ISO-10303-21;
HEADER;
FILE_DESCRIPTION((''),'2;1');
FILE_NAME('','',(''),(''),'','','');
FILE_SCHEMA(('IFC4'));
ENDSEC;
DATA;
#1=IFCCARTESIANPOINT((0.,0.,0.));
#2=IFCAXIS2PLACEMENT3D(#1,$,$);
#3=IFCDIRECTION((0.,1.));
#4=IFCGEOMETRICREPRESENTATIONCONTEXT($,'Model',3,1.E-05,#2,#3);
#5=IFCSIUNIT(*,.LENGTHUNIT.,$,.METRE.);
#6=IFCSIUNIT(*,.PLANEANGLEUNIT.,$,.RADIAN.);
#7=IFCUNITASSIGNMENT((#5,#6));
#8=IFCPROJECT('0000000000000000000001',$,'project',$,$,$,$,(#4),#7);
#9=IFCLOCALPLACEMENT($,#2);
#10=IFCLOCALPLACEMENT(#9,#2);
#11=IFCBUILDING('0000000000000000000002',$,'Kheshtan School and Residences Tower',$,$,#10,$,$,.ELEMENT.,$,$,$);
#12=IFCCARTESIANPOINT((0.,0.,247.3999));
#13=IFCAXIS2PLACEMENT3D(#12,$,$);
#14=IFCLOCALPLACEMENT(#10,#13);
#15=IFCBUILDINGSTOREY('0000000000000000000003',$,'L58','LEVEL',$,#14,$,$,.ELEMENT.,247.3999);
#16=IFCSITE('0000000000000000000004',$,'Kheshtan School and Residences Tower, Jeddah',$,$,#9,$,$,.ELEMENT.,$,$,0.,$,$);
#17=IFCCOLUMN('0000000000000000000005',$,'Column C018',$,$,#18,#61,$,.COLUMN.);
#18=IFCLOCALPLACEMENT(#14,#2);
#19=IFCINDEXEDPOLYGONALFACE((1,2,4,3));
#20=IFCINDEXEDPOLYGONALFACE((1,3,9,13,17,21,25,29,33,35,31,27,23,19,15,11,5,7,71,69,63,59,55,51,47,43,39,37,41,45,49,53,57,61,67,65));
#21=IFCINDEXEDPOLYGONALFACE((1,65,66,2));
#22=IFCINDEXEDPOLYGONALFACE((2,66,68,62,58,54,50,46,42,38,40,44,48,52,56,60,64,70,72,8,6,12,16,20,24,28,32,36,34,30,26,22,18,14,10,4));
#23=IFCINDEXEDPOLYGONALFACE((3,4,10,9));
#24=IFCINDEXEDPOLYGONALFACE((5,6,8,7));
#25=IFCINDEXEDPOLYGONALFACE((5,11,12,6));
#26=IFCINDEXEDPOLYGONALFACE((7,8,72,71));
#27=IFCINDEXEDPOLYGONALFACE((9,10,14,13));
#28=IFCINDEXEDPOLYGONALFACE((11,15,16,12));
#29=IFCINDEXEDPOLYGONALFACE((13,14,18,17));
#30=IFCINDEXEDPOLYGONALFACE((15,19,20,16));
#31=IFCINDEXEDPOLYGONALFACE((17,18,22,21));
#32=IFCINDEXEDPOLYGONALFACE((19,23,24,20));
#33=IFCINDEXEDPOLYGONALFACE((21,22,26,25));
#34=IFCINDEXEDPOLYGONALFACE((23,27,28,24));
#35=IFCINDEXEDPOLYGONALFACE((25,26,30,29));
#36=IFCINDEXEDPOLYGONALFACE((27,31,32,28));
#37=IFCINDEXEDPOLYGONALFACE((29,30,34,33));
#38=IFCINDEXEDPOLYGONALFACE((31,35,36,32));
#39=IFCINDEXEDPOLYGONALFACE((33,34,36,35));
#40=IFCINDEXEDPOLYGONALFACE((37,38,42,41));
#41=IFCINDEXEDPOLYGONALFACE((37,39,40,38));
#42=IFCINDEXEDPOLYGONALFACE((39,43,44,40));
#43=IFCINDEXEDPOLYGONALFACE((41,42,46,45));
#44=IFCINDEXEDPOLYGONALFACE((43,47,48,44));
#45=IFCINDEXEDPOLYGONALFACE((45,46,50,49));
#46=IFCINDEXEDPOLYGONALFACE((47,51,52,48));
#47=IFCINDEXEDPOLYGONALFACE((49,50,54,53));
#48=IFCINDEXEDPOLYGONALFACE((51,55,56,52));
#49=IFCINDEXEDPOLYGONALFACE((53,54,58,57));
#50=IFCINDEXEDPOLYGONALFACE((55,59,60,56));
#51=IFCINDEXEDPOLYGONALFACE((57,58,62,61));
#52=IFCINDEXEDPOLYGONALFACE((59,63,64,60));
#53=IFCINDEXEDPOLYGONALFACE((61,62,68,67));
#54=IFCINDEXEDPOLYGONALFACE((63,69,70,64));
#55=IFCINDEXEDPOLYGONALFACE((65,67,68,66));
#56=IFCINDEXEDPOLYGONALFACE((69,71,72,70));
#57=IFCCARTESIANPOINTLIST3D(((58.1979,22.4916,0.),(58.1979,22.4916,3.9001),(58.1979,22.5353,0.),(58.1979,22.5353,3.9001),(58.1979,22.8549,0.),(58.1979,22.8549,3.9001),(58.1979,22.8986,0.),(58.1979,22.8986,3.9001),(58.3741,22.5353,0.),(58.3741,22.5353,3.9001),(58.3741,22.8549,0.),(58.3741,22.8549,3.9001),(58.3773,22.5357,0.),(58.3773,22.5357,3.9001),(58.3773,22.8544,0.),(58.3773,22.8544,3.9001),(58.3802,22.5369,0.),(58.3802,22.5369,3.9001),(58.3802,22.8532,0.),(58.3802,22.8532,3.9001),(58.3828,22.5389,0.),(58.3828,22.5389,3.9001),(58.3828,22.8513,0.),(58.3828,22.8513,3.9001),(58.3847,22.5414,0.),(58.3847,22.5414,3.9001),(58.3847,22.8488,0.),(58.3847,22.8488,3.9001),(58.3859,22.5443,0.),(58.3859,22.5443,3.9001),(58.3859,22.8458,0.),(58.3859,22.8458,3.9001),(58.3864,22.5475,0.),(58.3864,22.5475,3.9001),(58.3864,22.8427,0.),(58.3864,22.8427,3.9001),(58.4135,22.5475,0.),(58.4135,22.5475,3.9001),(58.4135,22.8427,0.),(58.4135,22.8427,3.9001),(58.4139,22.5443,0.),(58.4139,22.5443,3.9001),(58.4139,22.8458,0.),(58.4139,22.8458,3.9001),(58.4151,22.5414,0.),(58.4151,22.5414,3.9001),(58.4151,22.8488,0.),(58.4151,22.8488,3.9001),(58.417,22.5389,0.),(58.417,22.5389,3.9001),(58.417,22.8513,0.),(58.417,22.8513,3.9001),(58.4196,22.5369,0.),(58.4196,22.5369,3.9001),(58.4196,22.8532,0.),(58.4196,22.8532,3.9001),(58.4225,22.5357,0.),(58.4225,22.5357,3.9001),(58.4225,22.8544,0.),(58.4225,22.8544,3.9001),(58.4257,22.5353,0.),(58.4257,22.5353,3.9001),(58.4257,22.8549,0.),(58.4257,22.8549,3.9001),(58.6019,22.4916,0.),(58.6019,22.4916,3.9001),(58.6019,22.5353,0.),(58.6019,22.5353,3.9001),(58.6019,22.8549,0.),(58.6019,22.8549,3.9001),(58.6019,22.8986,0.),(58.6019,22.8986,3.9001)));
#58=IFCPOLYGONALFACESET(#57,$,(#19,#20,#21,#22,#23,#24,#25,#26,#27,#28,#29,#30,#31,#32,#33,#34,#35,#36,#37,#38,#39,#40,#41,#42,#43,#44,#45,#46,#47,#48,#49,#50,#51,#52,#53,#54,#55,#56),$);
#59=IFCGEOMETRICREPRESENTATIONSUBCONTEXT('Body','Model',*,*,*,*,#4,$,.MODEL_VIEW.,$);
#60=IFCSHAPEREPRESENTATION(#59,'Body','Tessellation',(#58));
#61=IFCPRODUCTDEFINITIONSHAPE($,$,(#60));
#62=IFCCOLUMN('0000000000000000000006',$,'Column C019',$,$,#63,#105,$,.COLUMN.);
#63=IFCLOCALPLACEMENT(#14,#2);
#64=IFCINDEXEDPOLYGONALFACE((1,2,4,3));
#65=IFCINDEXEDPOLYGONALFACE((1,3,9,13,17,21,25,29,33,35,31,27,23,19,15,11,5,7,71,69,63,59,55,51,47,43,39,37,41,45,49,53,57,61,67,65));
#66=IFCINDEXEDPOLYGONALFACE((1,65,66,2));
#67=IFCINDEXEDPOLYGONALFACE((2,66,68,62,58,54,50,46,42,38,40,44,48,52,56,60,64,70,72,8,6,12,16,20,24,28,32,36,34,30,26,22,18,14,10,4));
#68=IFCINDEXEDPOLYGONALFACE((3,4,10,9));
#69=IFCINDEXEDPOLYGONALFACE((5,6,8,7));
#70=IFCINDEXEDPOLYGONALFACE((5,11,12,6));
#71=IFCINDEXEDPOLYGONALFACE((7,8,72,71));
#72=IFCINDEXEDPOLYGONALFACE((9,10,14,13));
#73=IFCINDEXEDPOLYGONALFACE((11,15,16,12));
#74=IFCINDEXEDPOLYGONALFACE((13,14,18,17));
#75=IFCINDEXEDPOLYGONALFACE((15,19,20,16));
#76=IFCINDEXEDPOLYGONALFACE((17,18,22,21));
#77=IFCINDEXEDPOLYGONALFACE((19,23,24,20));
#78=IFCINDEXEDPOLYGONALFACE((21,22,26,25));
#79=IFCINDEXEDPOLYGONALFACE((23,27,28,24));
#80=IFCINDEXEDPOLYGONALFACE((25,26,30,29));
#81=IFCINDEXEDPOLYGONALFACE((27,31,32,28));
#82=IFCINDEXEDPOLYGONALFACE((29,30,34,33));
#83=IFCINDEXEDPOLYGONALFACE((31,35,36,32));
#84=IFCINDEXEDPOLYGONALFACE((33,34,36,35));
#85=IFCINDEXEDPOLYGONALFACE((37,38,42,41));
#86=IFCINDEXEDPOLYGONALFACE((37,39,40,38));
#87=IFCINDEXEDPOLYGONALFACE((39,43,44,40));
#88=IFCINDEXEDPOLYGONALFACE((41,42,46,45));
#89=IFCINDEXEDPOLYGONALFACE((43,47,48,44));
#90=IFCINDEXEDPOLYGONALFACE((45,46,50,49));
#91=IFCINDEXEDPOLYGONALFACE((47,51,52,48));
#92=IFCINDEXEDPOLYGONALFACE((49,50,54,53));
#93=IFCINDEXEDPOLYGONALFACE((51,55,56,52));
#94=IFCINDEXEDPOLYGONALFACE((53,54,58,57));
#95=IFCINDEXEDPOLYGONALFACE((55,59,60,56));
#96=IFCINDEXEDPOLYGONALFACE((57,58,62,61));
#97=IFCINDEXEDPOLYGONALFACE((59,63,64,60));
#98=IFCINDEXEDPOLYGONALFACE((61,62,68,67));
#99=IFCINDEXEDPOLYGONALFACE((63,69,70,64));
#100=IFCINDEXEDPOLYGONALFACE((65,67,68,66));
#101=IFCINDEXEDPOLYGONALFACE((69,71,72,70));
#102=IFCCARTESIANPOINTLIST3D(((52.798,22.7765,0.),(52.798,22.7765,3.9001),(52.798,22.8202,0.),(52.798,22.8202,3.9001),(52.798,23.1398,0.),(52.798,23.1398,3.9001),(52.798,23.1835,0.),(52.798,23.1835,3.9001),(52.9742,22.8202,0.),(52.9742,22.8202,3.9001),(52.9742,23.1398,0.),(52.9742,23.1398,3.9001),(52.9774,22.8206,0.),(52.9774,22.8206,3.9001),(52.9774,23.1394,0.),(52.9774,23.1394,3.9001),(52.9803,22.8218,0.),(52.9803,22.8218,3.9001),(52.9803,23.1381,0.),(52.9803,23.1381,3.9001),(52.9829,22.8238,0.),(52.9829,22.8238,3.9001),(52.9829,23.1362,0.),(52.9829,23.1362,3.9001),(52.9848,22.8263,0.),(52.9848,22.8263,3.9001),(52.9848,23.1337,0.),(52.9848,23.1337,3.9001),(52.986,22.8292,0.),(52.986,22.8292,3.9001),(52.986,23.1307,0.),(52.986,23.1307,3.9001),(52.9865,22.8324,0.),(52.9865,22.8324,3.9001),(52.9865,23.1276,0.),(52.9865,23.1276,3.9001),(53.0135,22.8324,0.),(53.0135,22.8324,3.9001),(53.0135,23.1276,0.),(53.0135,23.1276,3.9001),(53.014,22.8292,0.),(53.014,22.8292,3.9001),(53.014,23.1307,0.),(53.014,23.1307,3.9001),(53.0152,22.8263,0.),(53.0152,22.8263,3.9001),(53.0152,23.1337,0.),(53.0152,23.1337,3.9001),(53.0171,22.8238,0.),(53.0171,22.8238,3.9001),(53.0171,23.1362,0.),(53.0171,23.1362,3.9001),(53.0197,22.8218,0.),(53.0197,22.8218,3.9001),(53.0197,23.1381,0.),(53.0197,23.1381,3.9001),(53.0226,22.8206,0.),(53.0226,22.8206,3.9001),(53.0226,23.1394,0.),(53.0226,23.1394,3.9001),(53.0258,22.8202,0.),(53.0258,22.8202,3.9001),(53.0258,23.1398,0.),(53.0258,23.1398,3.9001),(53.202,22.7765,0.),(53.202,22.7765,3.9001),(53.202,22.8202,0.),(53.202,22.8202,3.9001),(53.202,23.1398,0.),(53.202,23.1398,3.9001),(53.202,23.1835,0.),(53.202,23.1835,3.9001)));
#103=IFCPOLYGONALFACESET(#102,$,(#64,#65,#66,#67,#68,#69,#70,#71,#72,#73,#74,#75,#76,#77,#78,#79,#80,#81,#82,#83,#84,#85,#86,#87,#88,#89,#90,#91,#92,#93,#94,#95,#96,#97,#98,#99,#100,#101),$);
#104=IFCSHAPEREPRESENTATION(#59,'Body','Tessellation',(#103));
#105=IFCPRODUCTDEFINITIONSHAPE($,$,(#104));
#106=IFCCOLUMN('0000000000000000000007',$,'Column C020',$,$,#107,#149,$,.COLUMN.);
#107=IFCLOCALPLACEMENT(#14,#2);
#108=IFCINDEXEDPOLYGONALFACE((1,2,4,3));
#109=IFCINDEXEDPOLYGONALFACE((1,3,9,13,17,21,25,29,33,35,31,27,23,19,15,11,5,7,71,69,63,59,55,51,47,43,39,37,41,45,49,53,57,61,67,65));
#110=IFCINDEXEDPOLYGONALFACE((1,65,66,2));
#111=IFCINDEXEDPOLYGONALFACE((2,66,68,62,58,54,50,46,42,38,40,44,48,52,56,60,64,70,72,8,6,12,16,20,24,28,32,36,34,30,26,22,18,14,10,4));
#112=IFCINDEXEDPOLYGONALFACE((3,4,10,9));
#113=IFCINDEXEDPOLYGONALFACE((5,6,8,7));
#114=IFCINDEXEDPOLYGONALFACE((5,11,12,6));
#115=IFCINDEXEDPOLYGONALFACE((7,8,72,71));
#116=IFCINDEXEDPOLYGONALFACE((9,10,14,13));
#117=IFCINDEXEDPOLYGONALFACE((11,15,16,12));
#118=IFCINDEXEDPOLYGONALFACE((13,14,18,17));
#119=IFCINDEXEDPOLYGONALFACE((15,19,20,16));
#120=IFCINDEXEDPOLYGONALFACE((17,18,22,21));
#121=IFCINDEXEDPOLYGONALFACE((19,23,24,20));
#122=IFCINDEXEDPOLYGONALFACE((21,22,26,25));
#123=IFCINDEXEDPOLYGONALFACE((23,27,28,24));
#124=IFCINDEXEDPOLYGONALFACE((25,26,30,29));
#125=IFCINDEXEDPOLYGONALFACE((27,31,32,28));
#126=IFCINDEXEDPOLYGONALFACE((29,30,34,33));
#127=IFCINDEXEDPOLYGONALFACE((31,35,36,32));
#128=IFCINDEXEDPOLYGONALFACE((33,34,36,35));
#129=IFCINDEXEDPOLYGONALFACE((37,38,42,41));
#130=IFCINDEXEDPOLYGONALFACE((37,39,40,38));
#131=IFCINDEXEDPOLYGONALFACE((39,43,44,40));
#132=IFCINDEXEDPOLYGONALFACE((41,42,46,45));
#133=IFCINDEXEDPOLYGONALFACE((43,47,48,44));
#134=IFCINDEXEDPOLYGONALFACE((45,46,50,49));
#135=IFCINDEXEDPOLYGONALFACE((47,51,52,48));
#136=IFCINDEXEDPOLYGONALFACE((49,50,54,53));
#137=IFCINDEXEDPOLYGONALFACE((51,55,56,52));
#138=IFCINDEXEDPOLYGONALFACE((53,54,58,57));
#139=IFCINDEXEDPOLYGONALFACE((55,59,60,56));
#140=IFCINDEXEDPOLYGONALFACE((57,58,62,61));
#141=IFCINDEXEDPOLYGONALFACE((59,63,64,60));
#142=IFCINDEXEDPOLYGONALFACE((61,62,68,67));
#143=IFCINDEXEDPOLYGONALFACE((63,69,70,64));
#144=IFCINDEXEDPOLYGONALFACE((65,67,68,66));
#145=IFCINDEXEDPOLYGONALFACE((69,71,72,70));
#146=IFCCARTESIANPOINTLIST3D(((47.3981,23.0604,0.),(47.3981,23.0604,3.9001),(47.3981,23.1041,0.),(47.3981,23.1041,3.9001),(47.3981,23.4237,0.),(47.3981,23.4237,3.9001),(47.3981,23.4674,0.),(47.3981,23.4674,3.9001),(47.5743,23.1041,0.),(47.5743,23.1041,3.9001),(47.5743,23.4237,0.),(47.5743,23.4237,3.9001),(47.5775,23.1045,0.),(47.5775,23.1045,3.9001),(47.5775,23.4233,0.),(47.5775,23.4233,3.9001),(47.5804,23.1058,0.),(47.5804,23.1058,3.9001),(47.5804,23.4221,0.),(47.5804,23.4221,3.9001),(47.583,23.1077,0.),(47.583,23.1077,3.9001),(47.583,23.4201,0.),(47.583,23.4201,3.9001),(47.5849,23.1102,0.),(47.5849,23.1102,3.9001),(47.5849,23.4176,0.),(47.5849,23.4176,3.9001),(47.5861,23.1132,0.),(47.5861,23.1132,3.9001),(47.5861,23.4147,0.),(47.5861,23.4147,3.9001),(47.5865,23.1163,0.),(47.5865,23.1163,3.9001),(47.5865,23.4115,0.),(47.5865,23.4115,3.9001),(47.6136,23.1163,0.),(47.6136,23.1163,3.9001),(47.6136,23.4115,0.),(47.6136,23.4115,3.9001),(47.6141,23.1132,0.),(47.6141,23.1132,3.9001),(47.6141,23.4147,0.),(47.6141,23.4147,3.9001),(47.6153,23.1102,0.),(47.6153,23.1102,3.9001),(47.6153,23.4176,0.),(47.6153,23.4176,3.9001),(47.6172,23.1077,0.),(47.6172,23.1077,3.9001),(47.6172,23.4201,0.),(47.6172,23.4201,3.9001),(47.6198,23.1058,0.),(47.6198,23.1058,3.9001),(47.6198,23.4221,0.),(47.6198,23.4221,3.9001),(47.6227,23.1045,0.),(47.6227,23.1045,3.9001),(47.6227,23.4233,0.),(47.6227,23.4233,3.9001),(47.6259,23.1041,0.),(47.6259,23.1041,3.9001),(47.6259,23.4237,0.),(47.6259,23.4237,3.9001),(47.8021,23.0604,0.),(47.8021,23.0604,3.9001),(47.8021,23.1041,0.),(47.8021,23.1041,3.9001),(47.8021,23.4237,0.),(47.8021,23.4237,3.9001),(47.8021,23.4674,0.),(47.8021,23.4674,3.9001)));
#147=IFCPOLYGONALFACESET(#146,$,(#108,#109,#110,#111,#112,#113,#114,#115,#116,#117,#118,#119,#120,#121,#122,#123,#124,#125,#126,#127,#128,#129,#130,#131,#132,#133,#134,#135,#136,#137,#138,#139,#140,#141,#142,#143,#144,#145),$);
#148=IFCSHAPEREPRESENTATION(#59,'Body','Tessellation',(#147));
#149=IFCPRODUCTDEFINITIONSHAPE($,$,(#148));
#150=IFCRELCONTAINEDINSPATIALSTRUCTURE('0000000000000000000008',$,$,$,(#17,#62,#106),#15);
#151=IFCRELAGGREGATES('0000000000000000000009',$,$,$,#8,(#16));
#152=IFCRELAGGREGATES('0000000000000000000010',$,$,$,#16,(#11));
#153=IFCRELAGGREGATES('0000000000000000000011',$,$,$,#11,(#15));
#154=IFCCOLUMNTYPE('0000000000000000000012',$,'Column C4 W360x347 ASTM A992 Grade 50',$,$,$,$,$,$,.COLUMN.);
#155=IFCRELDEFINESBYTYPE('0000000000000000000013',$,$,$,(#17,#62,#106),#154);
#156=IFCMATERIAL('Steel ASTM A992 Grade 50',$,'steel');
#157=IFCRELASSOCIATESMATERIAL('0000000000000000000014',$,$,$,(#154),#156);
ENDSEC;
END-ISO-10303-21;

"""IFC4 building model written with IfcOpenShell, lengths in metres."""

from ifc_helpers import new_model, si_unit, direction, frame, origin, origin_2d, place, context, subcontext, project, spatial, i_section, extrude, material, material_profile, profile_set, type_object, element, save


model = new_model("IFC4")

# Units and contexts
model_context = context("Model", 3, precision=1e-05, world=origin(), true_north=direction((0.0, 1.0)))
body_context = subcontext(model_context, "Body", "Model", "MODEL_VIEW")
ifc_project = project(units=[si_unit("LENGTHUNIT", "METRE"), si_unit("PLANEANGLEUNIT", "RADIAN")], contexts=[model_context])

# Site, building, storey
site_placement = place(None, origin())
site = spatial("IfcSite", under=ifc_project, at=site_placement, Name="Kheshtan School and Residences Tower, Jeddah", CompositionType="ELEMENT", RefElevation=0.0)
building_placement = place(site_placement, origin())
building = spatial("IfcBuilding", under=site, at=building_placement, Name="Kheshtan School and Residences Tower", CompositionType="ELEMENT")
storey_placement = place(building_placement, frame((0.0, 0.0, 247.3999)))
storey = spatial("IfcBuildingStorey", under=building, at=storey_placement, Name="L58", Description="LEVEL", CompositionType="ELEMENT", Elevation=247.3999)

# Columns
ifc_material_1 = material(Name="Steel ASTM A992 Grade 50", Category="steel")
ifc_material_profile_1 = material_profile(ifc_material_1, i_section(OverallWidth=0.4041, OverallDepth=0.407, WebThickness=0.0271, FlangeThickness=0.0437, FilletRadius=0.0122, at=origin_2d()), Name="W360x347")
ifc_profile_set_1 = profile_set([ifc_material_profile_1], Name="Steel ASTM A992 Grade 50")
column_type_1 = type_object("IfcColumnType", Name="Column C4 W360x347 ASTM A992 Grade 50", PredefinedType="COLUMN", material=ifc_profile_set_1)
for number, where, z_axis, x_axis, name in (
    (1, (58.3999, 22.6951, 0.0), (0.0, 0.0, 1.0), (1.0, 0.0, 0.0), "Column C018"),
    (2, (53.0, 22.98, 0.0), (0.0, 0.0, 1.0), (1.0, 0.0, 0.0), "Column C019"),
    (3, (47.6001, 23.2639, 0.0), (0.0, 0.0, 1.0), (1.0, 0.0, 0.0), "Column C020"),
):
    element("IfcColumn", number, at=place(storey_placement, frame(where, z_axis=z_axis, x_axis=x_axis)), inside=storey, type_object=column_type_1, Name=name, PredefinedType="COLUMN", context=body_context, shape_type="SweptSolid", body=[
        extrude(i_section(OverallWidth=0.4041, OverallDepth=0.407, WebThickness=0.0271, FlangeThickness=0.0437, FilletRadius=0.0122, at=origin_2d()), origin(), (0.0, 0.0, 1.0), 3.9001),
    ])

save(model, "model.ifc")
